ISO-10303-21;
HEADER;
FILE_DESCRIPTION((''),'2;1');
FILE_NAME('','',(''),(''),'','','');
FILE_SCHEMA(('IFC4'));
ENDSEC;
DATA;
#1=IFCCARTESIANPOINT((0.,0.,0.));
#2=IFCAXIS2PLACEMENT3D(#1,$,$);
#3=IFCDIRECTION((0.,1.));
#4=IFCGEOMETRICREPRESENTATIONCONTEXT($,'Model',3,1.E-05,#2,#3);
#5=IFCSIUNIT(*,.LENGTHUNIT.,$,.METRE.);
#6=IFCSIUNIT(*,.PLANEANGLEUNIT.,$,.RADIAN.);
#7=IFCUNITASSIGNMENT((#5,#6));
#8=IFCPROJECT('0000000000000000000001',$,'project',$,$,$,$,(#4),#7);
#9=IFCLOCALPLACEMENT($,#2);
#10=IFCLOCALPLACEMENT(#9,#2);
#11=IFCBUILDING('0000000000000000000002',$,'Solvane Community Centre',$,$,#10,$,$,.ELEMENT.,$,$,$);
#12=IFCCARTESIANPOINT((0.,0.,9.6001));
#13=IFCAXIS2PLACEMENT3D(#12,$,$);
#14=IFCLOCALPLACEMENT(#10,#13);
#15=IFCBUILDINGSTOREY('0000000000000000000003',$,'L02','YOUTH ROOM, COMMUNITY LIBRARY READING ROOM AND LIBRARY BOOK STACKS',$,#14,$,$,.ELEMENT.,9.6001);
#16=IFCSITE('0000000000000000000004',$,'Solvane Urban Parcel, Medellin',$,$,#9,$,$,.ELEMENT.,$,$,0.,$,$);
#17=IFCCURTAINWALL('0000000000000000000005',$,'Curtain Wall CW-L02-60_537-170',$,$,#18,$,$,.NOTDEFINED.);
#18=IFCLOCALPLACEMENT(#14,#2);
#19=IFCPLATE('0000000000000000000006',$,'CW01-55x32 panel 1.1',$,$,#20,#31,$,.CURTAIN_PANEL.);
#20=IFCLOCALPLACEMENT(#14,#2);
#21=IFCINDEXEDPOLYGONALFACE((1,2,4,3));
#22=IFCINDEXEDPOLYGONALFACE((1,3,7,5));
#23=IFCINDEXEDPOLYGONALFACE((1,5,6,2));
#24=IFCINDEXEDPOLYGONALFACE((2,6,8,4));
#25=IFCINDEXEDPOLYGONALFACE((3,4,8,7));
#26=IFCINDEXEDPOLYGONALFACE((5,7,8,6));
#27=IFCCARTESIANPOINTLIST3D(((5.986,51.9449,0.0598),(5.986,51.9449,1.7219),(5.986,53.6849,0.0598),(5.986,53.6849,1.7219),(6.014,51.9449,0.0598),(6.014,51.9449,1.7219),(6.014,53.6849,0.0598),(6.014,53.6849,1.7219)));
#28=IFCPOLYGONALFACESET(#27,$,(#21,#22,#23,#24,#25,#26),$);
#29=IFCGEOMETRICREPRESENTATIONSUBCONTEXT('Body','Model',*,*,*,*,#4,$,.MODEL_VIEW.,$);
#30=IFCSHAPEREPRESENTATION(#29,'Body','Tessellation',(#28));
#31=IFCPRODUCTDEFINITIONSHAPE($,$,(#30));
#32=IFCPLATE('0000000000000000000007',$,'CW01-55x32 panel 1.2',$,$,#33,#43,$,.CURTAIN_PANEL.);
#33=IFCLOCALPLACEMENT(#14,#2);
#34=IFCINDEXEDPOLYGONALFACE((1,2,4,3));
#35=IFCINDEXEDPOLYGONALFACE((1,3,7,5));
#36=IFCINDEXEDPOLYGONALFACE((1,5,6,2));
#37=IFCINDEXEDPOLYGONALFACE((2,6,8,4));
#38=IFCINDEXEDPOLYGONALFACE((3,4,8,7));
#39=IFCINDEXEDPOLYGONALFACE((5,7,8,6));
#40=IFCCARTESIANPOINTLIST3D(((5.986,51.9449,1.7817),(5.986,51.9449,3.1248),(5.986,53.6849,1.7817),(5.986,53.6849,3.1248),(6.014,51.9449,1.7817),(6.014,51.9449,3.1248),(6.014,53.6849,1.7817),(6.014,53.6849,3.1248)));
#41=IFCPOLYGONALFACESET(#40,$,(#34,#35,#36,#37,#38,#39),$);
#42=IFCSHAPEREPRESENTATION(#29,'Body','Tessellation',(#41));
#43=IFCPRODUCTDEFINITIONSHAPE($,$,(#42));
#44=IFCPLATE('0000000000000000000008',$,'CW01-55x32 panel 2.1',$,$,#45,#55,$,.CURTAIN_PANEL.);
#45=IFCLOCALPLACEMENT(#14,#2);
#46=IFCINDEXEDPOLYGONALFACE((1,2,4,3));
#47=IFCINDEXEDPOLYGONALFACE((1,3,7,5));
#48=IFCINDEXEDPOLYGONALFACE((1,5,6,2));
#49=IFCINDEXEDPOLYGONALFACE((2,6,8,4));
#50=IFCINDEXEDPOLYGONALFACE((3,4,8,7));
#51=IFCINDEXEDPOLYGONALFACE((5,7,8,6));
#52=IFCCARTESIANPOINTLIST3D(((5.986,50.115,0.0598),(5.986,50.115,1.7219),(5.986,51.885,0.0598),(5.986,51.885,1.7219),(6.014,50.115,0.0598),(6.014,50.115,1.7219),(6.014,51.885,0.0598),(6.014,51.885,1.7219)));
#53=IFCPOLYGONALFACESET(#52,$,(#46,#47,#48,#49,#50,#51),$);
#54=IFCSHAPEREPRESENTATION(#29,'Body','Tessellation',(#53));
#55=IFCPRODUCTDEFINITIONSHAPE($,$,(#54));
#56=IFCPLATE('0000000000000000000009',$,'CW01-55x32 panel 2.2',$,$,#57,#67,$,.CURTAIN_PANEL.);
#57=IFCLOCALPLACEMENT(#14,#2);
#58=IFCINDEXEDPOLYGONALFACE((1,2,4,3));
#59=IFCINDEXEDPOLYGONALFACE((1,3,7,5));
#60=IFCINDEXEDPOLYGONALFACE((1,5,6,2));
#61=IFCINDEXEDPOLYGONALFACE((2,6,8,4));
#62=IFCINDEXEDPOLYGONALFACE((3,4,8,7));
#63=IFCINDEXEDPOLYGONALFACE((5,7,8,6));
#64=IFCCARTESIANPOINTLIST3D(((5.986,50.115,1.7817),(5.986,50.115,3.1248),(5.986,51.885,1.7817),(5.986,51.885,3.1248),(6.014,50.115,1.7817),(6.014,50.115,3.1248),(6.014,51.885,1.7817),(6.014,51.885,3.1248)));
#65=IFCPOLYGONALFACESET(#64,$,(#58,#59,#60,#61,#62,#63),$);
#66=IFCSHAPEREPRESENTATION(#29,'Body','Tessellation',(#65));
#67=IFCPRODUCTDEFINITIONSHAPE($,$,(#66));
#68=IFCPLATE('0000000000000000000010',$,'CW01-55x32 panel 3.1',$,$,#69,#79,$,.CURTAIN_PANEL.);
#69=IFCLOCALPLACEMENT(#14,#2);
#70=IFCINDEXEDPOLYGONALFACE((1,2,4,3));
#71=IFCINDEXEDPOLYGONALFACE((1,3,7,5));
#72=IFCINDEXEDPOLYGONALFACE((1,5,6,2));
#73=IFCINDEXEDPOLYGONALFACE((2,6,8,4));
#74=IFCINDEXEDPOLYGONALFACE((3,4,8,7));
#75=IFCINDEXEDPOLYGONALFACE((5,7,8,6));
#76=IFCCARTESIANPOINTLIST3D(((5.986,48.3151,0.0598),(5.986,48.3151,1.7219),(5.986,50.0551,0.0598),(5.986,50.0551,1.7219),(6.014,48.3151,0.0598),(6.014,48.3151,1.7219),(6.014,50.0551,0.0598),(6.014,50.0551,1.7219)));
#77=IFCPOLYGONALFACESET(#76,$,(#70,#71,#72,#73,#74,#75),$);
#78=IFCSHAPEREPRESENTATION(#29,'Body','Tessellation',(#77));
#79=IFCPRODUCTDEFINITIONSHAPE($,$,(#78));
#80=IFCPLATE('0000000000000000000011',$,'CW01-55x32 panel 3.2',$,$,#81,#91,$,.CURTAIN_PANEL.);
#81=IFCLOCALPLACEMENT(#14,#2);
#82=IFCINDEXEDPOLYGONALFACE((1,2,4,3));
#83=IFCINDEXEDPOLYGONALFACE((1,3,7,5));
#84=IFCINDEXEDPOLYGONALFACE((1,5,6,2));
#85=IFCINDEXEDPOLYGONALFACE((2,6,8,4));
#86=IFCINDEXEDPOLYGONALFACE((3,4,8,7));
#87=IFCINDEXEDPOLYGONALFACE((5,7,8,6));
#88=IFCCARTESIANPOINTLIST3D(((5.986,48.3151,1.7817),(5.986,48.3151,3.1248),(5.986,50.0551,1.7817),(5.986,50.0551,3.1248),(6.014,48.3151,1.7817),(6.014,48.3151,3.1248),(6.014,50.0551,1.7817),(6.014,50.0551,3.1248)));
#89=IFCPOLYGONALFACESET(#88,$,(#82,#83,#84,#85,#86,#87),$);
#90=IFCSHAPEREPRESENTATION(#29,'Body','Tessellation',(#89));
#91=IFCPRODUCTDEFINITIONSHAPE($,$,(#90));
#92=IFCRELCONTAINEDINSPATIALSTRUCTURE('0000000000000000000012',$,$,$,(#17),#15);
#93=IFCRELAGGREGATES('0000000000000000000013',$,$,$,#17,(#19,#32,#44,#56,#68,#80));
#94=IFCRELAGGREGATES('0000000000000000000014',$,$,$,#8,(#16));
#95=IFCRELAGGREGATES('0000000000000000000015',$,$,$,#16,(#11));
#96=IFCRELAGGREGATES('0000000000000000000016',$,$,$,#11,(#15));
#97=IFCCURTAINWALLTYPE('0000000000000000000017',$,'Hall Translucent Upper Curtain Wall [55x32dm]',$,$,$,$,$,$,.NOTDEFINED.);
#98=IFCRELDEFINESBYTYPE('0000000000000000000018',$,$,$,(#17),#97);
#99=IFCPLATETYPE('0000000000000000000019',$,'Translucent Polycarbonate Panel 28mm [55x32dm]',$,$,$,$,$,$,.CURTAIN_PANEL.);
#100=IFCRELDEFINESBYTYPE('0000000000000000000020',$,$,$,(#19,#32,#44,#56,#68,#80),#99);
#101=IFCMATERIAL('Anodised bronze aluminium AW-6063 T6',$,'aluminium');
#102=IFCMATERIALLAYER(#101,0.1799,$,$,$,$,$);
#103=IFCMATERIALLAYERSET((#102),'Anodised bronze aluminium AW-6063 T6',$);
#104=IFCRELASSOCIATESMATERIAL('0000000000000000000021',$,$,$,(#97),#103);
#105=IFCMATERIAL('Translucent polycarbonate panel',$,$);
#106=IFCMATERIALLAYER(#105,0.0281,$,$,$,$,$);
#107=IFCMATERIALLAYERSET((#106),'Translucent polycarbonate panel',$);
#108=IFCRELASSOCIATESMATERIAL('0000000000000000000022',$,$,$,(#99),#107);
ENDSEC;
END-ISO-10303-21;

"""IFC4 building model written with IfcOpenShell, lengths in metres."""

from ifc_helpers import new_model, si_unit, direction, frame, origin, origin_2d, place, context, subcontext, project, spatial, rectangle, extrude, material, layer, layer_set, type_object, element, aggregate, save


model = new_model("IFC4")

# Units and contexts
model_context = context("Model", 3, precision=1e-05, world=origin(), true_north=direction((0.0, 1.0)))
body_context = subcontext(model_context, "Body", "Model", "MODEL_VIEW")
ifc_project = project(units=[si_unit("LENGTHUNIT", "METRE"), si_unit("PLANEANGLEUNIT", "RADIAN")], contexts=[model_context])

# Site, building, storey
site_placement = place(None, origin())
site = spatial("IfcSite", under=ifc_project, at=site_placement, Name="Solvane Urban Parcel, Medellin", CompositionType="ELEMENT", RefElevation=0.0)
building_placement = place(site_placement, origin())
building = spatial("IfcBuilding", under=site, at=building_placement, Name="Solvane Community Centre", CompositionType="ELEMENT")
storey_placement = place(building_placement, frame((0.0, 0.0, 9.6001)))
storey = spatial("IfcBuildingStorey", under=building, at=storey_placement, Name="L02", Description="YOUTH ROOM, COMMUNITY LIBRARY READING ROOM AND LIBRARY BOOK STACKS", CompositionType="ELEMENT", Elevation=9.6001)

# Curtain wall
ifc_material_1 = material(Name="Anodised bronze aluminium AW-6063 T6", Category="aluminium")
ifc_layer_1 = layer(ifc_material_1, 0.1799)
ifc_layer_set_1 = layer_set([ifc_layer_1], Name="Anodised bronze aluminium AW-6063 T6")
curtain_wall_type = type_object("IfcCurtainWallType", Name="Hall Translucent Upper Curtain Wall [55x32dm]", PredefinedType="NOTDEFINED", material=ifc_layer_set_1)
curtain_wall_placement = place(storey_placement, origin())
curtain_wall = element("IfcCurtainWall", 1, at=curtain_wall_placement, inside=storey, type_object=curtain_wall_type, Name="Curtain Wall CW-L02-60_537-170", PredefinedType="NOTDEFINED")

# Plates
ifc_material_2 = material(Name="Translucent polycarbonate panel")
ifc_layer_2 = layer(ifc_material_2, 0.0281)
ifc_layer_set_2 = layer_set([ifc_layer_2], Name="Translucent polycarbonate panel")
plate_type = type_object("IfcPlateType", Name="Translucent Polycarbonate Panel 28mm [55x32dm]", PredefinedType="CURTAIN_PANEL", material=ifc_layer_set_2)
plate_1_placement = place(storey_placement, frame((6.0, 52.8149, 0.0598), z_axis=(0.0, 0.0, 1.0), x_axis=(0.0, -1.0, 0.0)))
plate_1 = element("IfcPlate", 2, at=plate_1_placement, type_object=plate_type, Name="CW01-55x32 panel 1.1", PredefinedType="CURTAIN_PANEL", context=body_context, shape_type="SweptSolid", body=[
    extrude(rectangle(XDim=1.74, YDim=0.0281, at=origin_2d()), origin(), (0.0, 0.0, 1.0), 1.6621),
])
plate_2_placement = place(storey_placement, frame((6.0, 52.8149, 1.7817), z_axis=(0.0, 0.0, 1.0), x_axis=(0.0, -1.0, 0.0)))
plate_2 = element("IfcPlate", 3, at=plate_2_placement, type_object=plate_type, Name="CW01-55x32 panel 1.2", PredefinedType="CURTAIN_PANEL", context=body_context, shape_type="SweptSolid", body=[
    extrude(rectangle(XDim=1.74, YDim=0.0281, at=origin_2d()), origin(), (0.0, 0.0, 1.0), 1.343),
])
plate_3_placement = place(storey_placement, frame((6.0, 51.0, 0.0598), z_axis=(0.0, 0.0, 1.0), x_axis=(0.0, -1.0, 0.0)))
plate_3 = element("IfcPlate", 4, at=plate_3_placement, type_object=plate_type, Name="CW01-55x32 panel 2.1", PredefinedType="CURTAIN_PANEL", context=body_context, shape_type="SweptSolid", body=[
    extrude(rectangle(XDim=1.77, YDim=0.0281, at=origin_2d()), origin(), (0.0, 0.0, 1.0), 1.6621),
])
plate_4_placement = place(storey_placement, frame((6.0, 51.0, 1.7817), z_axis=(0.0, 0.0, 1.0), x_axis=(0.0, -1.0, 0.0)))
plate_4 = element("IfcPlate", 5, at=plate_4_placement, type_object=plate_type, Name="CW01-55x32 panel 2.2", PredefinedType="CURTAIN_PANEL", context=body_context, shape_type="SweptSolid", body=[
    extrude(rectangle(XDim=1.77, YDim=0.0281, at=origin_2d()), origin(), (0.0, 0.0, 1.0), 1.343),
])
plate_5_placement = place(storey_placement, frame((6.0, 49.1851, 0.0598), z_axis=(0.0, 0.0, 1.0), x_axis=(0.0, -1.0, 0.0)))
plate_5 = element("IfcPlate", 6, at=plate_5_placement, type_object=plate_type, Name="CW01-55x32 panel 3.1", PredefinedType="CURTAIN_PANEL", context=body_context, shape_type="SweptSolid", body=[
    extrude(rectangle(XDim=1.74, YDim=0.0281, at=origin_2d()), origin(), (0.0, 0.0, 1.0), 1.6621),
])
plate_6_placement = place(storey_placement, frame((6.0, 49.1851, 1.7817), z_axis=(0.0, 0.0, 1.0), x_axis=(0.0, -1.0, 0.0)))
plate_6 = element("IfcPlate", 7, at=plate_6_placement, type_object=plate_type, Name="CW01-55x32 panel 3.2", PredefinedType="CURTAIN_PANEL", context=body_context, shape_type="SweptSolid", body=[
    extrude(rectangle(XDim=1.74, YDim=0.0281, at=origin_2d()), origin(), (0.0, 0.0, 1.0), 1.343),
])
aggregate(curtain_wall, [plate_1, plate_2, plate_3, plate_4, plate_5, plate_6])

save(model, "model.ifc")
